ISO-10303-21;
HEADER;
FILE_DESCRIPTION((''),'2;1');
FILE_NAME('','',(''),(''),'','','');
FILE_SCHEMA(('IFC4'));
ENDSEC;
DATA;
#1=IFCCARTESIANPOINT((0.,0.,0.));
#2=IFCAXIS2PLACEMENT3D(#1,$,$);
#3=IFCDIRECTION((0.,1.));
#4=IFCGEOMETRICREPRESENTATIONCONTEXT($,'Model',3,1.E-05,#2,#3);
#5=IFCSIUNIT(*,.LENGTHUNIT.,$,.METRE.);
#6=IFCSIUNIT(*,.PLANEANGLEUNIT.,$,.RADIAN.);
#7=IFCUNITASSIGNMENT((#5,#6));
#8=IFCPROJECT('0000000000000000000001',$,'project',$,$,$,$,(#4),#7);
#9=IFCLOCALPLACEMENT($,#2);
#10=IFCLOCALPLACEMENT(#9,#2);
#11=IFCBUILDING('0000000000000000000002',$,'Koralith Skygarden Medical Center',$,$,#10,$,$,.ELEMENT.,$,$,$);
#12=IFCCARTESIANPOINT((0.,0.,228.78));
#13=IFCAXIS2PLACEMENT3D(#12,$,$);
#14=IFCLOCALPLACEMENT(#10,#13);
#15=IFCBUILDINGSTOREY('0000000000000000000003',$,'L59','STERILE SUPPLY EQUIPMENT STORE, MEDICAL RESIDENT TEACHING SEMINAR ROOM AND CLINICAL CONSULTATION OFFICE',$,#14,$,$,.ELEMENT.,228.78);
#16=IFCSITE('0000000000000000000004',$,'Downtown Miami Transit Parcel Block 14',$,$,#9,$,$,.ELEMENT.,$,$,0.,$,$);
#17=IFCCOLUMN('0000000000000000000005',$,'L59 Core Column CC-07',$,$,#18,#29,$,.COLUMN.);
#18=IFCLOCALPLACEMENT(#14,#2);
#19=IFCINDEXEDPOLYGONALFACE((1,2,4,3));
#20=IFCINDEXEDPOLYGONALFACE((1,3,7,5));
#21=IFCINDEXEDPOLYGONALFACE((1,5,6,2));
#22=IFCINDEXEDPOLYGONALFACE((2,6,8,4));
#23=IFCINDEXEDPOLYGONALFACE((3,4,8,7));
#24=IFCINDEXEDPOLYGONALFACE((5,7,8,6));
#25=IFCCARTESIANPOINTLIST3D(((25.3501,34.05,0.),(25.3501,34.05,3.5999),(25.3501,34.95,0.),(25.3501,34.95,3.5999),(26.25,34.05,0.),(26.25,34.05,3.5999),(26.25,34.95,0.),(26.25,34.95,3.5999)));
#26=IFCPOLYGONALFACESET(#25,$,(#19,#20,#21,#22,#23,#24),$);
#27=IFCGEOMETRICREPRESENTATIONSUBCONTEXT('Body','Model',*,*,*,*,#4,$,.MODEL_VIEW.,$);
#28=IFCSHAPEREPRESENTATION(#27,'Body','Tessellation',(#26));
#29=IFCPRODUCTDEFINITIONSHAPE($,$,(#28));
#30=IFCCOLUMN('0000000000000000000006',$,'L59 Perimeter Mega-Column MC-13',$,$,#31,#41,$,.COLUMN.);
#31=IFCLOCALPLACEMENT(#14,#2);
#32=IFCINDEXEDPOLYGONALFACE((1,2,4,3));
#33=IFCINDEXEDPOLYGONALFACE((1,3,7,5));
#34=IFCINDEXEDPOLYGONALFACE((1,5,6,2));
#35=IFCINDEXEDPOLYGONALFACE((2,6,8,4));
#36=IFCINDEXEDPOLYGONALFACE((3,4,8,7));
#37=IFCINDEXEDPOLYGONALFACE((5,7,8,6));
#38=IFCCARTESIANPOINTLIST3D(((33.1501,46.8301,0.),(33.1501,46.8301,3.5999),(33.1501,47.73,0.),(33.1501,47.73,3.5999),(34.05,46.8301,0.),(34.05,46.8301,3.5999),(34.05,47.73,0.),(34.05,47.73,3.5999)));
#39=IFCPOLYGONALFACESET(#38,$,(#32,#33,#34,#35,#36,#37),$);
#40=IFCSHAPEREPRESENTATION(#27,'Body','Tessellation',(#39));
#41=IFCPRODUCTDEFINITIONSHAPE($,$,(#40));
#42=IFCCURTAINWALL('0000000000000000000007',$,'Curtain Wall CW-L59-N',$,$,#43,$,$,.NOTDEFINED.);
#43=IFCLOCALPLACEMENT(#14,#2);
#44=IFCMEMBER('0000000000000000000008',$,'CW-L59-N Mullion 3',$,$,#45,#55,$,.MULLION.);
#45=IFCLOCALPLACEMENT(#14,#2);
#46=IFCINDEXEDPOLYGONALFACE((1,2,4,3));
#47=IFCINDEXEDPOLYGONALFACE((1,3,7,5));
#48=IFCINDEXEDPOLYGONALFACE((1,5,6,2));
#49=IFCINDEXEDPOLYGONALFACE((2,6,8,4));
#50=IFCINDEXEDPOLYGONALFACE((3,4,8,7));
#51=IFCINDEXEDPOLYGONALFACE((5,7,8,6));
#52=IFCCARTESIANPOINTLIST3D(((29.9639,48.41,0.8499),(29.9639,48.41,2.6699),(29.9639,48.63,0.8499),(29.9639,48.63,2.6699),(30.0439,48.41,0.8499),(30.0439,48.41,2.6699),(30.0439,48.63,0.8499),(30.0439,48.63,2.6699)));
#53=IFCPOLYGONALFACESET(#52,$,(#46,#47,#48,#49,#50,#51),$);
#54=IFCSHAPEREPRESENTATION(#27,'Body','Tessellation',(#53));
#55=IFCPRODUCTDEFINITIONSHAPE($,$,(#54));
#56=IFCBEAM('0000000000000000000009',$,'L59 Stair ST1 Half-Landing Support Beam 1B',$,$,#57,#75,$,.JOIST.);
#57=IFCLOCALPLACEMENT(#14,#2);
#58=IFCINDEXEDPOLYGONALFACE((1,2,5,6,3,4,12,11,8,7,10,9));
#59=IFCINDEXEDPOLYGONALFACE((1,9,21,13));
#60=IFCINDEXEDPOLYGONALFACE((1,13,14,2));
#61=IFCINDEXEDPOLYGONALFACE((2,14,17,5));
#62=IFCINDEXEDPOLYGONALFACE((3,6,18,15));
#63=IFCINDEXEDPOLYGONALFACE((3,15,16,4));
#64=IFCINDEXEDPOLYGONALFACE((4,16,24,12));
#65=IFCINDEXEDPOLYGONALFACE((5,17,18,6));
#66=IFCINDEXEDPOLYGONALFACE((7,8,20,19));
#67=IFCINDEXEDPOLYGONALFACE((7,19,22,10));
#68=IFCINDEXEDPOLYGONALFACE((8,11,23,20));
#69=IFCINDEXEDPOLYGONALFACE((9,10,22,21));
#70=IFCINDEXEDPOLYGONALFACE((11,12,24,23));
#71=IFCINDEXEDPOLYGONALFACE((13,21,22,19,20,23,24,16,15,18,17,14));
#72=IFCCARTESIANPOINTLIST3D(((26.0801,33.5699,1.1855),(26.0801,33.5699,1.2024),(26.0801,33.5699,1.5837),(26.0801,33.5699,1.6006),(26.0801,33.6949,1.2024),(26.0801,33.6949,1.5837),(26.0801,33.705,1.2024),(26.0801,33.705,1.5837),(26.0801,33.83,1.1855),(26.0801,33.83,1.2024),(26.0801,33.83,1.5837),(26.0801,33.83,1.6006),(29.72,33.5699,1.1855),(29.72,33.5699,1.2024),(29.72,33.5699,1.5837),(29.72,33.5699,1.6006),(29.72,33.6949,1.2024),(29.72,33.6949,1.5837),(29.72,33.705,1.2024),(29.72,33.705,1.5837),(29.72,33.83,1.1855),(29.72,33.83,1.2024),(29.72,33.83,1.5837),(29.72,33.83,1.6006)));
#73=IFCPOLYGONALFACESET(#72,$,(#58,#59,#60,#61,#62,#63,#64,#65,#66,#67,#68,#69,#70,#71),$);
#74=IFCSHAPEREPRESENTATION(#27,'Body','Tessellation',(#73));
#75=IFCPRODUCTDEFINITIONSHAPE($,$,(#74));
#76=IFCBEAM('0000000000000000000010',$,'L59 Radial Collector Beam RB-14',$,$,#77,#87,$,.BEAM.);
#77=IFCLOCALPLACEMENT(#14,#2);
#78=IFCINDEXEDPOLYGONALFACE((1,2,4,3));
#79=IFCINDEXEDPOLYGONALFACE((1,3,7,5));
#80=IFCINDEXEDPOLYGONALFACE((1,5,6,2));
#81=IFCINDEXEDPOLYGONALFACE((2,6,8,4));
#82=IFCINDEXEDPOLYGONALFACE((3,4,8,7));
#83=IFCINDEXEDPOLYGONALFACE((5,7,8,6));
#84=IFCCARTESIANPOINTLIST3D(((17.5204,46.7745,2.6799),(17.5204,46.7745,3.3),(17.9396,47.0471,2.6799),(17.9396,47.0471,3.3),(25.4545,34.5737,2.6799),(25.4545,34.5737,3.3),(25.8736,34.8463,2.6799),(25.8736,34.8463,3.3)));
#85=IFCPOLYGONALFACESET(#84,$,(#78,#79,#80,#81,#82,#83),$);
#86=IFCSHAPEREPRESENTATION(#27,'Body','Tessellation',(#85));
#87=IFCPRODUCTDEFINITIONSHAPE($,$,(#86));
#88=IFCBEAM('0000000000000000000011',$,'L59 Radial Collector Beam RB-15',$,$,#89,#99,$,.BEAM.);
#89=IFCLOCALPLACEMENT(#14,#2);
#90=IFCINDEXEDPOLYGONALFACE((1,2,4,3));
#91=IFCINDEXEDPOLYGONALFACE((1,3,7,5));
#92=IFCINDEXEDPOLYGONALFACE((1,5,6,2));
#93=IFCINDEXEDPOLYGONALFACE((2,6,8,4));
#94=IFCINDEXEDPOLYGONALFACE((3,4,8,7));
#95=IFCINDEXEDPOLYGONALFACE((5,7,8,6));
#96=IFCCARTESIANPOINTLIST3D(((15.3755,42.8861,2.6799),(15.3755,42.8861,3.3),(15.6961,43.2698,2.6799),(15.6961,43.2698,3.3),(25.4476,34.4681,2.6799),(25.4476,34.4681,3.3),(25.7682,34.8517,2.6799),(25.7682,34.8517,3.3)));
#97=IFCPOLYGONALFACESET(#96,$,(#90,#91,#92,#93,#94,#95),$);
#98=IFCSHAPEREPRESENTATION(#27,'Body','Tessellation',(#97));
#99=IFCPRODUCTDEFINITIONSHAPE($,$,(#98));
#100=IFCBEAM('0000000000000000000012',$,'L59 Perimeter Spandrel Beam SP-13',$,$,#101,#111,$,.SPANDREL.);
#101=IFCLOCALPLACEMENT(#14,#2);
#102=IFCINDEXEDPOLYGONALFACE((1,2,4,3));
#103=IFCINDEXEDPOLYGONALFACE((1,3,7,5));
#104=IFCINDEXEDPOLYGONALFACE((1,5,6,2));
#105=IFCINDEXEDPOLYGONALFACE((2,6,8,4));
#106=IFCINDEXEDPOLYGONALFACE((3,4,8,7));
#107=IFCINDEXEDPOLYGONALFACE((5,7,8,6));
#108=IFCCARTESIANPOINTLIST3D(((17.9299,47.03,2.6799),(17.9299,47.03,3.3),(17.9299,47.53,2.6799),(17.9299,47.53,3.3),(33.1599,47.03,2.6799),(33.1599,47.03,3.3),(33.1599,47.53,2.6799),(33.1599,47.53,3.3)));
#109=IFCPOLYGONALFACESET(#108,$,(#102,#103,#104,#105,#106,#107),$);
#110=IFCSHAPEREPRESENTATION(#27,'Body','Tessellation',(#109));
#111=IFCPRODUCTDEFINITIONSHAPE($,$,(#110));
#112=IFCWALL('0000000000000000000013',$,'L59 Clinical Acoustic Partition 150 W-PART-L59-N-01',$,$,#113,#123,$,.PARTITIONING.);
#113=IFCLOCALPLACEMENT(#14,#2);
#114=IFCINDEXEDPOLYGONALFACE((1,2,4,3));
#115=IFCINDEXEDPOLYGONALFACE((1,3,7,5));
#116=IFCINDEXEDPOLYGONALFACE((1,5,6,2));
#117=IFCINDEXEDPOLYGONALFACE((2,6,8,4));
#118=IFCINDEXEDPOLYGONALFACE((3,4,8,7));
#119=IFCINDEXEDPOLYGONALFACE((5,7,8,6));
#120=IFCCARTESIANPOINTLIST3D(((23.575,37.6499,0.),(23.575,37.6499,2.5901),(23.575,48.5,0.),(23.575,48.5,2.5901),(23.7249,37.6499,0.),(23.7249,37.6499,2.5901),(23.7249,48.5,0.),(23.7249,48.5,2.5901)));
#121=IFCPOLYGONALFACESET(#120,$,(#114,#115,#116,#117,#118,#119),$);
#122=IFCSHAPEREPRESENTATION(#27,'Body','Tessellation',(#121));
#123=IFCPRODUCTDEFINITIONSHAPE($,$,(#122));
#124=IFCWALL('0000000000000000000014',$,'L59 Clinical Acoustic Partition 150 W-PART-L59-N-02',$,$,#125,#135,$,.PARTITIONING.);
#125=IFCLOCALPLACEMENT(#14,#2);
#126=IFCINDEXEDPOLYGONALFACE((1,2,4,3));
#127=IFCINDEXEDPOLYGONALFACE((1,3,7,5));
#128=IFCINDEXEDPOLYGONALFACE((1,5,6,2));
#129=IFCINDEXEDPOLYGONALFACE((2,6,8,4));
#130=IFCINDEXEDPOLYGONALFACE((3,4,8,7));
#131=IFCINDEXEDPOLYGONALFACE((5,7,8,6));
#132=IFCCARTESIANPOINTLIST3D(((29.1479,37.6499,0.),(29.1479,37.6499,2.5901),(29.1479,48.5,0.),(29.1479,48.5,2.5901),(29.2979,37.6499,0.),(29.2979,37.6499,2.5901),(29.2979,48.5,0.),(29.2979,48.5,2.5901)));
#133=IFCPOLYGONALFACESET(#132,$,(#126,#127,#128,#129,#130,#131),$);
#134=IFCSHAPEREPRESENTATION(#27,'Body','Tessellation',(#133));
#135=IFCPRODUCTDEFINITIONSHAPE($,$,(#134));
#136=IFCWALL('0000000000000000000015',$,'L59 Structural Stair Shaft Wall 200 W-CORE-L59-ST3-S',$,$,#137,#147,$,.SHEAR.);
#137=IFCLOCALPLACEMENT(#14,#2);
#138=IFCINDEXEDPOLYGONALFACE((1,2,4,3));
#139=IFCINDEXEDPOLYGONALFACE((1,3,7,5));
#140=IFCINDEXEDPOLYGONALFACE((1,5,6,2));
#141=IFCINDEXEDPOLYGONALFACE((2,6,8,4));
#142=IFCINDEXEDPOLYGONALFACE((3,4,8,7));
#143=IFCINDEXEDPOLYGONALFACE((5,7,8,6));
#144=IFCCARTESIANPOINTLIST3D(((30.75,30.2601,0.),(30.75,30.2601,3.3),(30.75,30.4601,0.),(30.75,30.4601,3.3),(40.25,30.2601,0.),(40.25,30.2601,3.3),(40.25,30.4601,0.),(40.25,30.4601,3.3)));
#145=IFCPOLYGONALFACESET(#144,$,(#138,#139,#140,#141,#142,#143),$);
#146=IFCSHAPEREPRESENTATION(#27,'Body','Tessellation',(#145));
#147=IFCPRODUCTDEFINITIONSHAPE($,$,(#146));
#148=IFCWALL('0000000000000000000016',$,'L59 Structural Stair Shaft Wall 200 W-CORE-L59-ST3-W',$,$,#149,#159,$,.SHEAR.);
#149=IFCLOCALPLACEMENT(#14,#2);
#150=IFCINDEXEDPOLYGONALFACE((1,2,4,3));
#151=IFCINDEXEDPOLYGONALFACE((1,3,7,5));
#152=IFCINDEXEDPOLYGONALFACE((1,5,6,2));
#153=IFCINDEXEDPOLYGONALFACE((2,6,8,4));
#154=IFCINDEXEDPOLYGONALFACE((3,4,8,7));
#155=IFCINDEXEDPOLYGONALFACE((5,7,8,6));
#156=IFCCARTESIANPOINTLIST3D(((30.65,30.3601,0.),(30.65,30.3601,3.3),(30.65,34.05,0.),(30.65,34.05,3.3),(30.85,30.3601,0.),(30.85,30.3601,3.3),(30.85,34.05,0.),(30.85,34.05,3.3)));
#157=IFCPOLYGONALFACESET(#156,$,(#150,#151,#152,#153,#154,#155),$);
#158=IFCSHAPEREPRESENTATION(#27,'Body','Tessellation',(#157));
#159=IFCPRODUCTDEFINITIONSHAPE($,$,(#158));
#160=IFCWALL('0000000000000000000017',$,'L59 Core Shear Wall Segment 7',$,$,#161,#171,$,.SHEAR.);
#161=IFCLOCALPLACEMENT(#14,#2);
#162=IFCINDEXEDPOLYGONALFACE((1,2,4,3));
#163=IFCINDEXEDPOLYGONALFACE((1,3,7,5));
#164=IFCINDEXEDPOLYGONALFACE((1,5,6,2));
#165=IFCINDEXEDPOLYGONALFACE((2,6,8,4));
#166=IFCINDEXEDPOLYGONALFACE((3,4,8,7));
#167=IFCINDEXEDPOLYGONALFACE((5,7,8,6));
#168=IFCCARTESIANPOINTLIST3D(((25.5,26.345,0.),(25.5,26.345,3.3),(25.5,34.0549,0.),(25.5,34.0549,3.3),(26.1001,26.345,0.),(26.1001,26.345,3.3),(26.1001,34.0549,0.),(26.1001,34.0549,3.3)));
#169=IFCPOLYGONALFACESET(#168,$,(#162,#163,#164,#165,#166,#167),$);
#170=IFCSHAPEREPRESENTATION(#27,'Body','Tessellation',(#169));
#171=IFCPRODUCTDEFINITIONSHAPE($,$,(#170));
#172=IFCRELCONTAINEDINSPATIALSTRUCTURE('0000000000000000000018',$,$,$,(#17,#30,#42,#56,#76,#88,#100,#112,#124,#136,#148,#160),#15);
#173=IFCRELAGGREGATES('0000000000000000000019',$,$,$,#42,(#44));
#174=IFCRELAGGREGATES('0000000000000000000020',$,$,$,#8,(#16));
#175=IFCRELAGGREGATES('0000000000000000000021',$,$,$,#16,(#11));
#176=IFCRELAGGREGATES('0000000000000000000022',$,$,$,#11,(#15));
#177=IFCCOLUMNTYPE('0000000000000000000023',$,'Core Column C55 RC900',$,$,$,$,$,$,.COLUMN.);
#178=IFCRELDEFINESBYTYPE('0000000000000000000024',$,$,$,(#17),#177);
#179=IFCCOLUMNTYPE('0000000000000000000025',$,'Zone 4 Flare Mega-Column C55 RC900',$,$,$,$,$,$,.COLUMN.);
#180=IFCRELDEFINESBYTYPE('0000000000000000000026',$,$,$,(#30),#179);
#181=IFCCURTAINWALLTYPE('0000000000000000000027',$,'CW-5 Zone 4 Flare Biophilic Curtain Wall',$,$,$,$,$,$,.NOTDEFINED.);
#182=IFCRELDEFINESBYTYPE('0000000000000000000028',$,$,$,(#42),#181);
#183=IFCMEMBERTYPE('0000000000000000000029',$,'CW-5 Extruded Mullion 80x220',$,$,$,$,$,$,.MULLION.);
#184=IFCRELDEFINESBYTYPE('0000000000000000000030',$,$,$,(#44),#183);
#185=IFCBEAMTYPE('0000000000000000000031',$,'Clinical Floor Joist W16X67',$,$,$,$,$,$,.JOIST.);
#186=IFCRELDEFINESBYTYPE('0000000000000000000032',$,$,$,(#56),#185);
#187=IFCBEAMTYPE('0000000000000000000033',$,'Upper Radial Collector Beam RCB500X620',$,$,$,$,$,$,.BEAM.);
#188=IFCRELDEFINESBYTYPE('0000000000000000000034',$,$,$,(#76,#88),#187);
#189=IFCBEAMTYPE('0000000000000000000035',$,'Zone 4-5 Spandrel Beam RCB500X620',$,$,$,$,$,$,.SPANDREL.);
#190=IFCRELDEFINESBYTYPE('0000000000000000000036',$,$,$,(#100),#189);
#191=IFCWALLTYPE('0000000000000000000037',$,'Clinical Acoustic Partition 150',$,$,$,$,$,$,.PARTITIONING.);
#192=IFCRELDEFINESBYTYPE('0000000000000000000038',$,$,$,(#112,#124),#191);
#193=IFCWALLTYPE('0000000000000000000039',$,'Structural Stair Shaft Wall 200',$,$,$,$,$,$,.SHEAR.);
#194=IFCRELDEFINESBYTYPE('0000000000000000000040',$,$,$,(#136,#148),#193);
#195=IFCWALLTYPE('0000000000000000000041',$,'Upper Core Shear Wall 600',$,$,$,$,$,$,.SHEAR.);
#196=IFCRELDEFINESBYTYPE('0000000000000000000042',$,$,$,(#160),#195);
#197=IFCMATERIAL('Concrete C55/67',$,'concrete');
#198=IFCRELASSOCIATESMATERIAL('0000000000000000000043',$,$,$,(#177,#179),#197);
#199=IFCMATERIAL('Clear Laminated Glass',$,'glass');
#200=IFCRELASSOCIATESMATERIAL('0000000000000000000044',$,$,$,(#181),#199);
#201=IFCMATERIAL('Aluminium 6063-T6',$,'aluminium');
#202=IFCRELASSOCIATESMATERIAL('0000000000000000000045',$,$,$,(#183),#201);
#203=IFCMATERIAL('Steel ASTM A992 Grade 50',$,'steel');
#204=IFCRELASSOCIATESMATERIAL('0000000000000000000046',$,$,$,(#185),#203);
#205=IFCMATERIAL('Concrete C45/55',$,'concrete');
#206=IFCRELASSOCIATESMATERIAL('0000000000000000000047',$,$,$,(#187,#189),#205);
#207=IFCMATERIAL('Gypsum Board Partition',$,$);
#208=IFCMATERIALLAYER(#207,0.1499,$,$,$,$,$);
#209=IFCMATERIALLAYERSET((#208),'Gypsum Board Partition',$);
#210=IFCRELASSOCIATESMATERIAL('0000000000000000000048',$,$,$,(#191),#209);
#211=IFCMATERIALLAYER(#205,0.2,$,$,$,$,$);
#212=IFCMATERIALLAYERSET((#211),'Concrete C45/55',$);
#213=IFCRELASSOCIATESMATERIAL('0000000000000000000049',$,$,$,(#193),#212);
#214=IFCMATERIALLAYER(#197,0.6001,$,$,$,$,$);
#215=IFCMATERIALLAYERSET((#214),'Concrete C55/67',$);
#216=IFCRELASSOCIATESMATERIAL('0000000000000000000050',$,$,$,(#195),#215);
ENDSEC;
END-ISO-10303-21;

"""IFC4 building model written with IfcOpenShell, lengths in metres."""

from ifc_helpers import new_model, si_unit, direction, frame, frame_2d, origin, origin_2d, place, context, subcontext, project, spatial, rectangle, i_section, extrude, material, layer, layer_set, material_profile, profile_set, type_object, element, aggregate, save


model = new_model("IFC4")

# Units and contexts
model_context = context("Model", 3, precision=1e-05, world=origin(), true_north=direction((0.0, 1.0)))
body_context = subcontext(model_context, "Body", "Model", "MODEL_VIEW")
ifc_project = project(units=[si_unit("LENGTHUNIT", "METRE"), si_unit("PLANEANGLEUNIT", "RADIAN")], contexts=[model_context])

# Site, building, storey
site_placement = place(None, origin())
site = spatial("IfcSite", under=ifc_project, at=site_placement, Name="Downtown Miami Transit Parcel Block 14", CompositionType="ELEMENT", RefElevation=0.0)
building_placement = place(site_placement, origin())
building = spatial("IfcBuilding", under=site, at=building_placement, Name="Koralith Skygarden Medical Center", CompositionType="ELEMENT")
storey_placement = place(building_placement, frame((0.0, 0.0, 228.78)))
storey = spatial("IfcBuildingStorey", under=building, at=storey_placement, Name="L59", Description="STERILE SUPPLY EQUIPMENT STORE, MEDICAL RESIDENT TEACHING SEMINAR ROOM AND CLINICAL CONSULTATION OFFICE", CompositionType="ELEMENT", Elevation=228.78)

# Columns
ifc_material_1 = material(Name="Concrete C55/67", Category="concrete")
ifc_material_profile_1 = material_profile(ifc_material_1, rectangle(XDim=0.8999, YDim=0.8999, at=origin_2d()), Name="RC900X900")
ifc_profile_set_1 = profile_set([ifc_material_profile_1], Name="Concrete C55/67")
column_type_1 = type_object("IfcColumnType", Name="Core Column C55 RC900", PredefinedType="COLUMN", material=ifc_profile_set_1)
column_1_placement = place(storey_placement, frame((25.8, 34.5, 0.0), z_axis=(0.0, 0.0, 1.0), x_axis=(1.0, 0.0, 0.0)))
element("IfcColumn", 1, at=column_1_placement, inside=storey, type_object=column_type_1, Name="L59 Core Column CC-07", PredefinedType="COLUMN", context=body_context, shape_type="SweptSolid", body=[
    extrude(rectangle(XDim=0.8999, YDim=0.8999, at=origin_2d()), origin(), (0.0, 0.0, 1.0), 3.5999),
])
ifc_material_profile_2 = material_profile(ifc_material_1, rectangle(XDim=0.8999, YDim=0.8999, at=origin_2d()), Name="RC900X900")
ifc_profile_set_2 = profile_set([ifc_material_profile_2], Name="Concrete C55/67")
column_type_2 = type_object("IfcColumnType", Name="Zone 4 Flare Mega-Column C55 RC900", PredefinedType="COLUMN", material=ifc_profile_set_2)
column_2_placement = place(storey_placement, frame((33.6001, 47.28, 0.0), z_axis=(0.0, 0.0, 1.0), x_axis=(1.0, 0.0, 0.0)))
element("IfcColumn", 2, at=column_2_placement, inside=storey, type_object=column_type_2, Name="L59 Perimeter Mega-Column MC-13", PredefinedType="COLUMN", context=body_context, shape_type="SweptSolid", body=[
    extrude(rectangle(XDim=0.8999, YDim=0.8999, at=origin_2d()), origin(), (0.0, 0.0, 1.0), 3.5999),
])

# Curtain wall, member
ifc_material_2 = material(Name="Clear Laminated Glass", Category="glass")
curtain_wall_type = type_object("IfcCurtainWallType", Name="CW-5 Zone 4 Flare Biophilic Curtain Wall", PredefinedType="NOTDEFINED", material=ifc_material_2)
curtain_wall_placement = place(storey_placement, origin())
curtain_wall = element("IfcCurtainWall", 3, at=curtain_wall_placement, inside=storey, type_object=curtain_wall_type, Name="Curtain Wall CW-L59-N", PredefinedType="NOTDEFINED")
ifc_material_3 = material(Name="Aluminium 6063-T6", Category="aluminium")
ifc_material_profile_3 = material_profile(ifc_material_3, rectangle(XDim=0.0801, YDim=0.22, at=origin_2d()), Name="MUL80X220")
ifc_profile_set_3 = profile_set([ifc_material_profile_3], Name="Aluminium 6063-T6")
member_type = type_object("IfcMemberType", Name="CW-5 Extruded Mullion 80x220", PredefinedType="MULLION", material=ifc_profile_set_3)
member_placement = place(storey_placement, frame((30.0039, 48.52, 0.8499), z_axis=(0.0, 0.0, 1.0), x_axis=(1.0, 0.0, 0.0)))
member = element("IfcMember", 4, at=member_placement, type_object=member_type, Name="CW-L59-N Mullion 3", PredefinedType="MULLION", context=body_context, shape_type="SweptSolid", body=[
    extrude(rectangle(XDim=0.0801, YDim=0.22, at=origin_2d()), origin(), (0.0, 0.0, 1.0), 1.8201),
])
aggregate(curtain_wall, [member])

# Beams
ifc_material_4 = material(Name="Steel ASTM A992 Grade 50", Category="steel")
ifc_material_profile_4 = material_profile(ifc_material_4, i_section(OverallWidth=0.26, OverallDepth=0.415, WebThickness=0.01, FlangeThickness=0.0168, at=origin_2d()), Name="W16X67")
ifc_profile_set_4 = profile_set([ifc_material_profile_4], Name="Steel ASTM A992 Grade 50")
beam_type_1 = type_object("IfcBeamType", Name="Clinical Floor Joist W16X67", PredefinedType="JOIST", material=ifc_profile_set_4)
beam_1_placement = place(storey_placement, frame((26.0801, 33.7, 1.3931), z_axis=(1.0, 0.0, 0.0), x_axis=(0.0, 1.0, 0.0)))
element("IfcBeam", 5, at=beam_1_placement, inside=storey, type_object=beam_type_1, Name="L59 Stair ST1 Half-Landing Support Beam 1B", PredefinedType="JOIST", context=body_context, shape_type="SweptSolid", body=[
    extrude(i_section(OverallWidth=0.26, OverallDepth=0.415, WebThickness=0.01, FlangeThickness=0.0168, at=origin_2d()), origin(), (0.0, 0.0, 1.0), 3.6399),
])
ifc_material_5 = material(Name="Concrete C45/55", Category="concrete")
ifc_material_profile_5 = material_profile(ifc_material_5, rectangle(XDim=0.5, YDim=0.6201, at=origin_2d()), Name="RCB500X620")
ifc_profile_set_5 = profile_set([ifc_material_profile_5], Name="Concrete C45/55")
beam_type_2 = type_object("IfcBeamType", Name="Upper Radial Collector Beam RCB500X620", PredefinedType="BEAM", material=ifc_profile_set_5)
beam_2_placement = place(storey_placement, frame((25.6641, 34.71, 2.99), z_axis=(-0.545156, 0.838334, 0.0), x_axis=(-0.838334, -0.545156, 0.0)))
element("IfcBeam", 6, at=beam_2_placement, inside=storey, type_object=beam_type_2, Name="L59 Radial Collector Beam RB-14", PredefinedType="BEAM", context=body_context, shape_type="SweptSolid", body=[
    extrude(rectangle(XDim=0.5, YDim=0.6201, at=origin_2d()), origin(), (0.0, 0.0, 1.0), 14.5537),
])
beam_3_placement = place(storey_placement, frame((25.6079, 34.6599, 2.99), z_axis=(-0.767298, 0.641291, 0.0), x_axis=(-0.641291, -0.767298, 0.0)))
element("IfcBeam", 7, at=beam_3_placement, inside=storey, type_object=beam_type_2, Name="L59 Radial Collector Beam RB-15", PredefinedType="BEAM", context=body_context, shape_type="SweptSolid", body=[
    extrude(rectangle(XDim=0.5, YDim=0.6201, at=origin_2d()), origin(), (0.0, 0.0, 1.0), 13.1267),
])
ifc_material_profile_6 = material_profile(ifc_material_5, rectangle(XDim=0.5, YDim=0.6201, at=origin_2d()), Name="RCB500X620")
ifc_profile_set_6 = profile_set([ifc_material_profile_6], Name="Concrete C45/55")
beam_type_3 = type_object("IfcBeamType", Name="Zone 4-5 Spandrel Beam RCB500X620", PredefinedType="SPANDREL", material=ifc_profile_set_6)
beam_4_placement = place(storey_placement, frame((33.1599, 47.28, 2.99), z_axis=(-1.0, 0.0, 0.0), x_axis=(0.0, -1.0, 0.0)))
element("IfcBeam", 8, at=beam_4_placement, inside=storey, type_object=beam_type_3, Name="L59 Perimeter Spandrel Beam SP-13", PredefinedType="SPANDREL", context=body_context, shape_type="SweptSolid", body=[
    extrude(rectangle(XDim=0.5, YDim=0.6201, at=origin_2d()), origin(), (0.0, 0.0, 1.0), 15.23),
])

# Walls
ifc_material_6 = material(Name="Gypsum Board Partition")
ifc_layer_1 = layer(ifc_material_6, 0.1499)
ifc_layer_set_1 = layer_set([ifc_layer_1], Name="Gypsum Board Partition")
wall_type_1 = type_object("IfcWallType", Name="Clinical Acoustic Partition 150", PredefinedType="PARTITIONING", material=ifc_layer_set_1)
for number, where, z_axis, x_axis, name in (
    (9, (23.6499, 37.6499, 0.0), (0.0, 0.0, 1.0), (0.0, 1.0, 0.0), "L59 Clinical Acoustic Partition 150 W-PART-L59-N-01"),
    (10, (29.2229, 37.6499, 0.0), (0.0, 0.0, 1.0), (0.0, 1.0, 0.0), "L59 Clinical Acoustic Partition 150 W-PART-L59-N-02"),
):
    element("IfcWall", number, at=place(storey_placement, frame(where, z_axis=z_axis, x_axis=x_axis)), inside=storey, type_object=wall_type_1, Name=name, PredefinedType="PARTITIONING", context=body_context, shape_type="SweptSolid", body=[
        extrude(rectangle(XDim=10.8501, YDim=0.1499, at=frame_2d((5.425, 0.0))), origin(), (0.0, 0.0, 1.0), 2.5901),
    ])

# Walls
ifc_layer_2 = layer(ifc_material_5, 0.2)
ifc_layer_set_2 = layer_set([ifc_layer_2], Name="Concrete C45/55")
wall_type_2 = type_object("IfcWallType", Name="Structural Stair Shaft Wall 200", PredefinedType="SHEAR", material=ifc_layer_set_2)
wall_1_placement = place(storey_placement, frame((30.75, 30.3601, 0.0), z_axis=(0.0, 0.0, 1.0), x_axis=(1.0, 0.0, 0.0)))
element("IfcWall", 11, at=wall_1_placement, inside=storey, type_object=wall_type_2, Name="L59 Structural Stair Shaft Wall 200 W-CORE-L59-ST3-S", PredefinedType="SHEAR", context=body_context, shape_type="SweptSolid", body=[
    extrude(rectangle(XDim=9.5, YDim=0.2, at=frame_2d((4.75, 0.0))), origin(), (0.0, 0.0, 1.0), 3.3),
])
wall_2_placement = place(storey_placement, frame((30.75, 30.3601, 0.0), z_axis=(0.0, 0.0, 1.0), x_axis=(0.0, 1.0, 0.0)))
element("IfcWall", 12, at=wall_2_placement, inside=storey, type_object=wall_type_2, Name="L59 Structural Stair Shaft Wall 200 W-CORE-L59-ST3-W", PredefinedType="SHEAR", context=body_context, shape_type="SweptSolid", body=[
    extrude(rectangle(XDim=3.6899, YDim=0.2, at=frame_2d((1.845, 0.0))), origin(), (0.0, 0.0, 1.0), 3.3),
])
ifc_layer_3 = layer(ifc_material_1, 0.6001)
ifc_layer_set_3 = layer_set([ifc_layer_3], Name="Concrete C55/67")
wall_type_3 = type_object("IfcWallType", Name="Upper Core Shear Wall 600", PredefinedType="SHEAR", material=ifc_layer_set_3)
wall_3_placement = place(storey_placement, frame((25.8, 34.0549, 0.0), z_axis=(0.0, 0.0, 1.0), x_axis=(0.0, -1.0, 0.0)))
element("IfcWall", 13, at=wall_3_placement, inside=storey, type_object=wall_type_3, Name="L59 Core Shear Wall Segment 7", PredefinedType="SHEAR", context=body_context, shape_type="SweptSolid", body=[
    extrude(rectangle(XDim=7.71, YDim=0.6001, at=frame_2d((3.855, 0.0))), origin(), (0.0, 0.0, 1.0), 3.3),
])

save(model, "model.ifc")
